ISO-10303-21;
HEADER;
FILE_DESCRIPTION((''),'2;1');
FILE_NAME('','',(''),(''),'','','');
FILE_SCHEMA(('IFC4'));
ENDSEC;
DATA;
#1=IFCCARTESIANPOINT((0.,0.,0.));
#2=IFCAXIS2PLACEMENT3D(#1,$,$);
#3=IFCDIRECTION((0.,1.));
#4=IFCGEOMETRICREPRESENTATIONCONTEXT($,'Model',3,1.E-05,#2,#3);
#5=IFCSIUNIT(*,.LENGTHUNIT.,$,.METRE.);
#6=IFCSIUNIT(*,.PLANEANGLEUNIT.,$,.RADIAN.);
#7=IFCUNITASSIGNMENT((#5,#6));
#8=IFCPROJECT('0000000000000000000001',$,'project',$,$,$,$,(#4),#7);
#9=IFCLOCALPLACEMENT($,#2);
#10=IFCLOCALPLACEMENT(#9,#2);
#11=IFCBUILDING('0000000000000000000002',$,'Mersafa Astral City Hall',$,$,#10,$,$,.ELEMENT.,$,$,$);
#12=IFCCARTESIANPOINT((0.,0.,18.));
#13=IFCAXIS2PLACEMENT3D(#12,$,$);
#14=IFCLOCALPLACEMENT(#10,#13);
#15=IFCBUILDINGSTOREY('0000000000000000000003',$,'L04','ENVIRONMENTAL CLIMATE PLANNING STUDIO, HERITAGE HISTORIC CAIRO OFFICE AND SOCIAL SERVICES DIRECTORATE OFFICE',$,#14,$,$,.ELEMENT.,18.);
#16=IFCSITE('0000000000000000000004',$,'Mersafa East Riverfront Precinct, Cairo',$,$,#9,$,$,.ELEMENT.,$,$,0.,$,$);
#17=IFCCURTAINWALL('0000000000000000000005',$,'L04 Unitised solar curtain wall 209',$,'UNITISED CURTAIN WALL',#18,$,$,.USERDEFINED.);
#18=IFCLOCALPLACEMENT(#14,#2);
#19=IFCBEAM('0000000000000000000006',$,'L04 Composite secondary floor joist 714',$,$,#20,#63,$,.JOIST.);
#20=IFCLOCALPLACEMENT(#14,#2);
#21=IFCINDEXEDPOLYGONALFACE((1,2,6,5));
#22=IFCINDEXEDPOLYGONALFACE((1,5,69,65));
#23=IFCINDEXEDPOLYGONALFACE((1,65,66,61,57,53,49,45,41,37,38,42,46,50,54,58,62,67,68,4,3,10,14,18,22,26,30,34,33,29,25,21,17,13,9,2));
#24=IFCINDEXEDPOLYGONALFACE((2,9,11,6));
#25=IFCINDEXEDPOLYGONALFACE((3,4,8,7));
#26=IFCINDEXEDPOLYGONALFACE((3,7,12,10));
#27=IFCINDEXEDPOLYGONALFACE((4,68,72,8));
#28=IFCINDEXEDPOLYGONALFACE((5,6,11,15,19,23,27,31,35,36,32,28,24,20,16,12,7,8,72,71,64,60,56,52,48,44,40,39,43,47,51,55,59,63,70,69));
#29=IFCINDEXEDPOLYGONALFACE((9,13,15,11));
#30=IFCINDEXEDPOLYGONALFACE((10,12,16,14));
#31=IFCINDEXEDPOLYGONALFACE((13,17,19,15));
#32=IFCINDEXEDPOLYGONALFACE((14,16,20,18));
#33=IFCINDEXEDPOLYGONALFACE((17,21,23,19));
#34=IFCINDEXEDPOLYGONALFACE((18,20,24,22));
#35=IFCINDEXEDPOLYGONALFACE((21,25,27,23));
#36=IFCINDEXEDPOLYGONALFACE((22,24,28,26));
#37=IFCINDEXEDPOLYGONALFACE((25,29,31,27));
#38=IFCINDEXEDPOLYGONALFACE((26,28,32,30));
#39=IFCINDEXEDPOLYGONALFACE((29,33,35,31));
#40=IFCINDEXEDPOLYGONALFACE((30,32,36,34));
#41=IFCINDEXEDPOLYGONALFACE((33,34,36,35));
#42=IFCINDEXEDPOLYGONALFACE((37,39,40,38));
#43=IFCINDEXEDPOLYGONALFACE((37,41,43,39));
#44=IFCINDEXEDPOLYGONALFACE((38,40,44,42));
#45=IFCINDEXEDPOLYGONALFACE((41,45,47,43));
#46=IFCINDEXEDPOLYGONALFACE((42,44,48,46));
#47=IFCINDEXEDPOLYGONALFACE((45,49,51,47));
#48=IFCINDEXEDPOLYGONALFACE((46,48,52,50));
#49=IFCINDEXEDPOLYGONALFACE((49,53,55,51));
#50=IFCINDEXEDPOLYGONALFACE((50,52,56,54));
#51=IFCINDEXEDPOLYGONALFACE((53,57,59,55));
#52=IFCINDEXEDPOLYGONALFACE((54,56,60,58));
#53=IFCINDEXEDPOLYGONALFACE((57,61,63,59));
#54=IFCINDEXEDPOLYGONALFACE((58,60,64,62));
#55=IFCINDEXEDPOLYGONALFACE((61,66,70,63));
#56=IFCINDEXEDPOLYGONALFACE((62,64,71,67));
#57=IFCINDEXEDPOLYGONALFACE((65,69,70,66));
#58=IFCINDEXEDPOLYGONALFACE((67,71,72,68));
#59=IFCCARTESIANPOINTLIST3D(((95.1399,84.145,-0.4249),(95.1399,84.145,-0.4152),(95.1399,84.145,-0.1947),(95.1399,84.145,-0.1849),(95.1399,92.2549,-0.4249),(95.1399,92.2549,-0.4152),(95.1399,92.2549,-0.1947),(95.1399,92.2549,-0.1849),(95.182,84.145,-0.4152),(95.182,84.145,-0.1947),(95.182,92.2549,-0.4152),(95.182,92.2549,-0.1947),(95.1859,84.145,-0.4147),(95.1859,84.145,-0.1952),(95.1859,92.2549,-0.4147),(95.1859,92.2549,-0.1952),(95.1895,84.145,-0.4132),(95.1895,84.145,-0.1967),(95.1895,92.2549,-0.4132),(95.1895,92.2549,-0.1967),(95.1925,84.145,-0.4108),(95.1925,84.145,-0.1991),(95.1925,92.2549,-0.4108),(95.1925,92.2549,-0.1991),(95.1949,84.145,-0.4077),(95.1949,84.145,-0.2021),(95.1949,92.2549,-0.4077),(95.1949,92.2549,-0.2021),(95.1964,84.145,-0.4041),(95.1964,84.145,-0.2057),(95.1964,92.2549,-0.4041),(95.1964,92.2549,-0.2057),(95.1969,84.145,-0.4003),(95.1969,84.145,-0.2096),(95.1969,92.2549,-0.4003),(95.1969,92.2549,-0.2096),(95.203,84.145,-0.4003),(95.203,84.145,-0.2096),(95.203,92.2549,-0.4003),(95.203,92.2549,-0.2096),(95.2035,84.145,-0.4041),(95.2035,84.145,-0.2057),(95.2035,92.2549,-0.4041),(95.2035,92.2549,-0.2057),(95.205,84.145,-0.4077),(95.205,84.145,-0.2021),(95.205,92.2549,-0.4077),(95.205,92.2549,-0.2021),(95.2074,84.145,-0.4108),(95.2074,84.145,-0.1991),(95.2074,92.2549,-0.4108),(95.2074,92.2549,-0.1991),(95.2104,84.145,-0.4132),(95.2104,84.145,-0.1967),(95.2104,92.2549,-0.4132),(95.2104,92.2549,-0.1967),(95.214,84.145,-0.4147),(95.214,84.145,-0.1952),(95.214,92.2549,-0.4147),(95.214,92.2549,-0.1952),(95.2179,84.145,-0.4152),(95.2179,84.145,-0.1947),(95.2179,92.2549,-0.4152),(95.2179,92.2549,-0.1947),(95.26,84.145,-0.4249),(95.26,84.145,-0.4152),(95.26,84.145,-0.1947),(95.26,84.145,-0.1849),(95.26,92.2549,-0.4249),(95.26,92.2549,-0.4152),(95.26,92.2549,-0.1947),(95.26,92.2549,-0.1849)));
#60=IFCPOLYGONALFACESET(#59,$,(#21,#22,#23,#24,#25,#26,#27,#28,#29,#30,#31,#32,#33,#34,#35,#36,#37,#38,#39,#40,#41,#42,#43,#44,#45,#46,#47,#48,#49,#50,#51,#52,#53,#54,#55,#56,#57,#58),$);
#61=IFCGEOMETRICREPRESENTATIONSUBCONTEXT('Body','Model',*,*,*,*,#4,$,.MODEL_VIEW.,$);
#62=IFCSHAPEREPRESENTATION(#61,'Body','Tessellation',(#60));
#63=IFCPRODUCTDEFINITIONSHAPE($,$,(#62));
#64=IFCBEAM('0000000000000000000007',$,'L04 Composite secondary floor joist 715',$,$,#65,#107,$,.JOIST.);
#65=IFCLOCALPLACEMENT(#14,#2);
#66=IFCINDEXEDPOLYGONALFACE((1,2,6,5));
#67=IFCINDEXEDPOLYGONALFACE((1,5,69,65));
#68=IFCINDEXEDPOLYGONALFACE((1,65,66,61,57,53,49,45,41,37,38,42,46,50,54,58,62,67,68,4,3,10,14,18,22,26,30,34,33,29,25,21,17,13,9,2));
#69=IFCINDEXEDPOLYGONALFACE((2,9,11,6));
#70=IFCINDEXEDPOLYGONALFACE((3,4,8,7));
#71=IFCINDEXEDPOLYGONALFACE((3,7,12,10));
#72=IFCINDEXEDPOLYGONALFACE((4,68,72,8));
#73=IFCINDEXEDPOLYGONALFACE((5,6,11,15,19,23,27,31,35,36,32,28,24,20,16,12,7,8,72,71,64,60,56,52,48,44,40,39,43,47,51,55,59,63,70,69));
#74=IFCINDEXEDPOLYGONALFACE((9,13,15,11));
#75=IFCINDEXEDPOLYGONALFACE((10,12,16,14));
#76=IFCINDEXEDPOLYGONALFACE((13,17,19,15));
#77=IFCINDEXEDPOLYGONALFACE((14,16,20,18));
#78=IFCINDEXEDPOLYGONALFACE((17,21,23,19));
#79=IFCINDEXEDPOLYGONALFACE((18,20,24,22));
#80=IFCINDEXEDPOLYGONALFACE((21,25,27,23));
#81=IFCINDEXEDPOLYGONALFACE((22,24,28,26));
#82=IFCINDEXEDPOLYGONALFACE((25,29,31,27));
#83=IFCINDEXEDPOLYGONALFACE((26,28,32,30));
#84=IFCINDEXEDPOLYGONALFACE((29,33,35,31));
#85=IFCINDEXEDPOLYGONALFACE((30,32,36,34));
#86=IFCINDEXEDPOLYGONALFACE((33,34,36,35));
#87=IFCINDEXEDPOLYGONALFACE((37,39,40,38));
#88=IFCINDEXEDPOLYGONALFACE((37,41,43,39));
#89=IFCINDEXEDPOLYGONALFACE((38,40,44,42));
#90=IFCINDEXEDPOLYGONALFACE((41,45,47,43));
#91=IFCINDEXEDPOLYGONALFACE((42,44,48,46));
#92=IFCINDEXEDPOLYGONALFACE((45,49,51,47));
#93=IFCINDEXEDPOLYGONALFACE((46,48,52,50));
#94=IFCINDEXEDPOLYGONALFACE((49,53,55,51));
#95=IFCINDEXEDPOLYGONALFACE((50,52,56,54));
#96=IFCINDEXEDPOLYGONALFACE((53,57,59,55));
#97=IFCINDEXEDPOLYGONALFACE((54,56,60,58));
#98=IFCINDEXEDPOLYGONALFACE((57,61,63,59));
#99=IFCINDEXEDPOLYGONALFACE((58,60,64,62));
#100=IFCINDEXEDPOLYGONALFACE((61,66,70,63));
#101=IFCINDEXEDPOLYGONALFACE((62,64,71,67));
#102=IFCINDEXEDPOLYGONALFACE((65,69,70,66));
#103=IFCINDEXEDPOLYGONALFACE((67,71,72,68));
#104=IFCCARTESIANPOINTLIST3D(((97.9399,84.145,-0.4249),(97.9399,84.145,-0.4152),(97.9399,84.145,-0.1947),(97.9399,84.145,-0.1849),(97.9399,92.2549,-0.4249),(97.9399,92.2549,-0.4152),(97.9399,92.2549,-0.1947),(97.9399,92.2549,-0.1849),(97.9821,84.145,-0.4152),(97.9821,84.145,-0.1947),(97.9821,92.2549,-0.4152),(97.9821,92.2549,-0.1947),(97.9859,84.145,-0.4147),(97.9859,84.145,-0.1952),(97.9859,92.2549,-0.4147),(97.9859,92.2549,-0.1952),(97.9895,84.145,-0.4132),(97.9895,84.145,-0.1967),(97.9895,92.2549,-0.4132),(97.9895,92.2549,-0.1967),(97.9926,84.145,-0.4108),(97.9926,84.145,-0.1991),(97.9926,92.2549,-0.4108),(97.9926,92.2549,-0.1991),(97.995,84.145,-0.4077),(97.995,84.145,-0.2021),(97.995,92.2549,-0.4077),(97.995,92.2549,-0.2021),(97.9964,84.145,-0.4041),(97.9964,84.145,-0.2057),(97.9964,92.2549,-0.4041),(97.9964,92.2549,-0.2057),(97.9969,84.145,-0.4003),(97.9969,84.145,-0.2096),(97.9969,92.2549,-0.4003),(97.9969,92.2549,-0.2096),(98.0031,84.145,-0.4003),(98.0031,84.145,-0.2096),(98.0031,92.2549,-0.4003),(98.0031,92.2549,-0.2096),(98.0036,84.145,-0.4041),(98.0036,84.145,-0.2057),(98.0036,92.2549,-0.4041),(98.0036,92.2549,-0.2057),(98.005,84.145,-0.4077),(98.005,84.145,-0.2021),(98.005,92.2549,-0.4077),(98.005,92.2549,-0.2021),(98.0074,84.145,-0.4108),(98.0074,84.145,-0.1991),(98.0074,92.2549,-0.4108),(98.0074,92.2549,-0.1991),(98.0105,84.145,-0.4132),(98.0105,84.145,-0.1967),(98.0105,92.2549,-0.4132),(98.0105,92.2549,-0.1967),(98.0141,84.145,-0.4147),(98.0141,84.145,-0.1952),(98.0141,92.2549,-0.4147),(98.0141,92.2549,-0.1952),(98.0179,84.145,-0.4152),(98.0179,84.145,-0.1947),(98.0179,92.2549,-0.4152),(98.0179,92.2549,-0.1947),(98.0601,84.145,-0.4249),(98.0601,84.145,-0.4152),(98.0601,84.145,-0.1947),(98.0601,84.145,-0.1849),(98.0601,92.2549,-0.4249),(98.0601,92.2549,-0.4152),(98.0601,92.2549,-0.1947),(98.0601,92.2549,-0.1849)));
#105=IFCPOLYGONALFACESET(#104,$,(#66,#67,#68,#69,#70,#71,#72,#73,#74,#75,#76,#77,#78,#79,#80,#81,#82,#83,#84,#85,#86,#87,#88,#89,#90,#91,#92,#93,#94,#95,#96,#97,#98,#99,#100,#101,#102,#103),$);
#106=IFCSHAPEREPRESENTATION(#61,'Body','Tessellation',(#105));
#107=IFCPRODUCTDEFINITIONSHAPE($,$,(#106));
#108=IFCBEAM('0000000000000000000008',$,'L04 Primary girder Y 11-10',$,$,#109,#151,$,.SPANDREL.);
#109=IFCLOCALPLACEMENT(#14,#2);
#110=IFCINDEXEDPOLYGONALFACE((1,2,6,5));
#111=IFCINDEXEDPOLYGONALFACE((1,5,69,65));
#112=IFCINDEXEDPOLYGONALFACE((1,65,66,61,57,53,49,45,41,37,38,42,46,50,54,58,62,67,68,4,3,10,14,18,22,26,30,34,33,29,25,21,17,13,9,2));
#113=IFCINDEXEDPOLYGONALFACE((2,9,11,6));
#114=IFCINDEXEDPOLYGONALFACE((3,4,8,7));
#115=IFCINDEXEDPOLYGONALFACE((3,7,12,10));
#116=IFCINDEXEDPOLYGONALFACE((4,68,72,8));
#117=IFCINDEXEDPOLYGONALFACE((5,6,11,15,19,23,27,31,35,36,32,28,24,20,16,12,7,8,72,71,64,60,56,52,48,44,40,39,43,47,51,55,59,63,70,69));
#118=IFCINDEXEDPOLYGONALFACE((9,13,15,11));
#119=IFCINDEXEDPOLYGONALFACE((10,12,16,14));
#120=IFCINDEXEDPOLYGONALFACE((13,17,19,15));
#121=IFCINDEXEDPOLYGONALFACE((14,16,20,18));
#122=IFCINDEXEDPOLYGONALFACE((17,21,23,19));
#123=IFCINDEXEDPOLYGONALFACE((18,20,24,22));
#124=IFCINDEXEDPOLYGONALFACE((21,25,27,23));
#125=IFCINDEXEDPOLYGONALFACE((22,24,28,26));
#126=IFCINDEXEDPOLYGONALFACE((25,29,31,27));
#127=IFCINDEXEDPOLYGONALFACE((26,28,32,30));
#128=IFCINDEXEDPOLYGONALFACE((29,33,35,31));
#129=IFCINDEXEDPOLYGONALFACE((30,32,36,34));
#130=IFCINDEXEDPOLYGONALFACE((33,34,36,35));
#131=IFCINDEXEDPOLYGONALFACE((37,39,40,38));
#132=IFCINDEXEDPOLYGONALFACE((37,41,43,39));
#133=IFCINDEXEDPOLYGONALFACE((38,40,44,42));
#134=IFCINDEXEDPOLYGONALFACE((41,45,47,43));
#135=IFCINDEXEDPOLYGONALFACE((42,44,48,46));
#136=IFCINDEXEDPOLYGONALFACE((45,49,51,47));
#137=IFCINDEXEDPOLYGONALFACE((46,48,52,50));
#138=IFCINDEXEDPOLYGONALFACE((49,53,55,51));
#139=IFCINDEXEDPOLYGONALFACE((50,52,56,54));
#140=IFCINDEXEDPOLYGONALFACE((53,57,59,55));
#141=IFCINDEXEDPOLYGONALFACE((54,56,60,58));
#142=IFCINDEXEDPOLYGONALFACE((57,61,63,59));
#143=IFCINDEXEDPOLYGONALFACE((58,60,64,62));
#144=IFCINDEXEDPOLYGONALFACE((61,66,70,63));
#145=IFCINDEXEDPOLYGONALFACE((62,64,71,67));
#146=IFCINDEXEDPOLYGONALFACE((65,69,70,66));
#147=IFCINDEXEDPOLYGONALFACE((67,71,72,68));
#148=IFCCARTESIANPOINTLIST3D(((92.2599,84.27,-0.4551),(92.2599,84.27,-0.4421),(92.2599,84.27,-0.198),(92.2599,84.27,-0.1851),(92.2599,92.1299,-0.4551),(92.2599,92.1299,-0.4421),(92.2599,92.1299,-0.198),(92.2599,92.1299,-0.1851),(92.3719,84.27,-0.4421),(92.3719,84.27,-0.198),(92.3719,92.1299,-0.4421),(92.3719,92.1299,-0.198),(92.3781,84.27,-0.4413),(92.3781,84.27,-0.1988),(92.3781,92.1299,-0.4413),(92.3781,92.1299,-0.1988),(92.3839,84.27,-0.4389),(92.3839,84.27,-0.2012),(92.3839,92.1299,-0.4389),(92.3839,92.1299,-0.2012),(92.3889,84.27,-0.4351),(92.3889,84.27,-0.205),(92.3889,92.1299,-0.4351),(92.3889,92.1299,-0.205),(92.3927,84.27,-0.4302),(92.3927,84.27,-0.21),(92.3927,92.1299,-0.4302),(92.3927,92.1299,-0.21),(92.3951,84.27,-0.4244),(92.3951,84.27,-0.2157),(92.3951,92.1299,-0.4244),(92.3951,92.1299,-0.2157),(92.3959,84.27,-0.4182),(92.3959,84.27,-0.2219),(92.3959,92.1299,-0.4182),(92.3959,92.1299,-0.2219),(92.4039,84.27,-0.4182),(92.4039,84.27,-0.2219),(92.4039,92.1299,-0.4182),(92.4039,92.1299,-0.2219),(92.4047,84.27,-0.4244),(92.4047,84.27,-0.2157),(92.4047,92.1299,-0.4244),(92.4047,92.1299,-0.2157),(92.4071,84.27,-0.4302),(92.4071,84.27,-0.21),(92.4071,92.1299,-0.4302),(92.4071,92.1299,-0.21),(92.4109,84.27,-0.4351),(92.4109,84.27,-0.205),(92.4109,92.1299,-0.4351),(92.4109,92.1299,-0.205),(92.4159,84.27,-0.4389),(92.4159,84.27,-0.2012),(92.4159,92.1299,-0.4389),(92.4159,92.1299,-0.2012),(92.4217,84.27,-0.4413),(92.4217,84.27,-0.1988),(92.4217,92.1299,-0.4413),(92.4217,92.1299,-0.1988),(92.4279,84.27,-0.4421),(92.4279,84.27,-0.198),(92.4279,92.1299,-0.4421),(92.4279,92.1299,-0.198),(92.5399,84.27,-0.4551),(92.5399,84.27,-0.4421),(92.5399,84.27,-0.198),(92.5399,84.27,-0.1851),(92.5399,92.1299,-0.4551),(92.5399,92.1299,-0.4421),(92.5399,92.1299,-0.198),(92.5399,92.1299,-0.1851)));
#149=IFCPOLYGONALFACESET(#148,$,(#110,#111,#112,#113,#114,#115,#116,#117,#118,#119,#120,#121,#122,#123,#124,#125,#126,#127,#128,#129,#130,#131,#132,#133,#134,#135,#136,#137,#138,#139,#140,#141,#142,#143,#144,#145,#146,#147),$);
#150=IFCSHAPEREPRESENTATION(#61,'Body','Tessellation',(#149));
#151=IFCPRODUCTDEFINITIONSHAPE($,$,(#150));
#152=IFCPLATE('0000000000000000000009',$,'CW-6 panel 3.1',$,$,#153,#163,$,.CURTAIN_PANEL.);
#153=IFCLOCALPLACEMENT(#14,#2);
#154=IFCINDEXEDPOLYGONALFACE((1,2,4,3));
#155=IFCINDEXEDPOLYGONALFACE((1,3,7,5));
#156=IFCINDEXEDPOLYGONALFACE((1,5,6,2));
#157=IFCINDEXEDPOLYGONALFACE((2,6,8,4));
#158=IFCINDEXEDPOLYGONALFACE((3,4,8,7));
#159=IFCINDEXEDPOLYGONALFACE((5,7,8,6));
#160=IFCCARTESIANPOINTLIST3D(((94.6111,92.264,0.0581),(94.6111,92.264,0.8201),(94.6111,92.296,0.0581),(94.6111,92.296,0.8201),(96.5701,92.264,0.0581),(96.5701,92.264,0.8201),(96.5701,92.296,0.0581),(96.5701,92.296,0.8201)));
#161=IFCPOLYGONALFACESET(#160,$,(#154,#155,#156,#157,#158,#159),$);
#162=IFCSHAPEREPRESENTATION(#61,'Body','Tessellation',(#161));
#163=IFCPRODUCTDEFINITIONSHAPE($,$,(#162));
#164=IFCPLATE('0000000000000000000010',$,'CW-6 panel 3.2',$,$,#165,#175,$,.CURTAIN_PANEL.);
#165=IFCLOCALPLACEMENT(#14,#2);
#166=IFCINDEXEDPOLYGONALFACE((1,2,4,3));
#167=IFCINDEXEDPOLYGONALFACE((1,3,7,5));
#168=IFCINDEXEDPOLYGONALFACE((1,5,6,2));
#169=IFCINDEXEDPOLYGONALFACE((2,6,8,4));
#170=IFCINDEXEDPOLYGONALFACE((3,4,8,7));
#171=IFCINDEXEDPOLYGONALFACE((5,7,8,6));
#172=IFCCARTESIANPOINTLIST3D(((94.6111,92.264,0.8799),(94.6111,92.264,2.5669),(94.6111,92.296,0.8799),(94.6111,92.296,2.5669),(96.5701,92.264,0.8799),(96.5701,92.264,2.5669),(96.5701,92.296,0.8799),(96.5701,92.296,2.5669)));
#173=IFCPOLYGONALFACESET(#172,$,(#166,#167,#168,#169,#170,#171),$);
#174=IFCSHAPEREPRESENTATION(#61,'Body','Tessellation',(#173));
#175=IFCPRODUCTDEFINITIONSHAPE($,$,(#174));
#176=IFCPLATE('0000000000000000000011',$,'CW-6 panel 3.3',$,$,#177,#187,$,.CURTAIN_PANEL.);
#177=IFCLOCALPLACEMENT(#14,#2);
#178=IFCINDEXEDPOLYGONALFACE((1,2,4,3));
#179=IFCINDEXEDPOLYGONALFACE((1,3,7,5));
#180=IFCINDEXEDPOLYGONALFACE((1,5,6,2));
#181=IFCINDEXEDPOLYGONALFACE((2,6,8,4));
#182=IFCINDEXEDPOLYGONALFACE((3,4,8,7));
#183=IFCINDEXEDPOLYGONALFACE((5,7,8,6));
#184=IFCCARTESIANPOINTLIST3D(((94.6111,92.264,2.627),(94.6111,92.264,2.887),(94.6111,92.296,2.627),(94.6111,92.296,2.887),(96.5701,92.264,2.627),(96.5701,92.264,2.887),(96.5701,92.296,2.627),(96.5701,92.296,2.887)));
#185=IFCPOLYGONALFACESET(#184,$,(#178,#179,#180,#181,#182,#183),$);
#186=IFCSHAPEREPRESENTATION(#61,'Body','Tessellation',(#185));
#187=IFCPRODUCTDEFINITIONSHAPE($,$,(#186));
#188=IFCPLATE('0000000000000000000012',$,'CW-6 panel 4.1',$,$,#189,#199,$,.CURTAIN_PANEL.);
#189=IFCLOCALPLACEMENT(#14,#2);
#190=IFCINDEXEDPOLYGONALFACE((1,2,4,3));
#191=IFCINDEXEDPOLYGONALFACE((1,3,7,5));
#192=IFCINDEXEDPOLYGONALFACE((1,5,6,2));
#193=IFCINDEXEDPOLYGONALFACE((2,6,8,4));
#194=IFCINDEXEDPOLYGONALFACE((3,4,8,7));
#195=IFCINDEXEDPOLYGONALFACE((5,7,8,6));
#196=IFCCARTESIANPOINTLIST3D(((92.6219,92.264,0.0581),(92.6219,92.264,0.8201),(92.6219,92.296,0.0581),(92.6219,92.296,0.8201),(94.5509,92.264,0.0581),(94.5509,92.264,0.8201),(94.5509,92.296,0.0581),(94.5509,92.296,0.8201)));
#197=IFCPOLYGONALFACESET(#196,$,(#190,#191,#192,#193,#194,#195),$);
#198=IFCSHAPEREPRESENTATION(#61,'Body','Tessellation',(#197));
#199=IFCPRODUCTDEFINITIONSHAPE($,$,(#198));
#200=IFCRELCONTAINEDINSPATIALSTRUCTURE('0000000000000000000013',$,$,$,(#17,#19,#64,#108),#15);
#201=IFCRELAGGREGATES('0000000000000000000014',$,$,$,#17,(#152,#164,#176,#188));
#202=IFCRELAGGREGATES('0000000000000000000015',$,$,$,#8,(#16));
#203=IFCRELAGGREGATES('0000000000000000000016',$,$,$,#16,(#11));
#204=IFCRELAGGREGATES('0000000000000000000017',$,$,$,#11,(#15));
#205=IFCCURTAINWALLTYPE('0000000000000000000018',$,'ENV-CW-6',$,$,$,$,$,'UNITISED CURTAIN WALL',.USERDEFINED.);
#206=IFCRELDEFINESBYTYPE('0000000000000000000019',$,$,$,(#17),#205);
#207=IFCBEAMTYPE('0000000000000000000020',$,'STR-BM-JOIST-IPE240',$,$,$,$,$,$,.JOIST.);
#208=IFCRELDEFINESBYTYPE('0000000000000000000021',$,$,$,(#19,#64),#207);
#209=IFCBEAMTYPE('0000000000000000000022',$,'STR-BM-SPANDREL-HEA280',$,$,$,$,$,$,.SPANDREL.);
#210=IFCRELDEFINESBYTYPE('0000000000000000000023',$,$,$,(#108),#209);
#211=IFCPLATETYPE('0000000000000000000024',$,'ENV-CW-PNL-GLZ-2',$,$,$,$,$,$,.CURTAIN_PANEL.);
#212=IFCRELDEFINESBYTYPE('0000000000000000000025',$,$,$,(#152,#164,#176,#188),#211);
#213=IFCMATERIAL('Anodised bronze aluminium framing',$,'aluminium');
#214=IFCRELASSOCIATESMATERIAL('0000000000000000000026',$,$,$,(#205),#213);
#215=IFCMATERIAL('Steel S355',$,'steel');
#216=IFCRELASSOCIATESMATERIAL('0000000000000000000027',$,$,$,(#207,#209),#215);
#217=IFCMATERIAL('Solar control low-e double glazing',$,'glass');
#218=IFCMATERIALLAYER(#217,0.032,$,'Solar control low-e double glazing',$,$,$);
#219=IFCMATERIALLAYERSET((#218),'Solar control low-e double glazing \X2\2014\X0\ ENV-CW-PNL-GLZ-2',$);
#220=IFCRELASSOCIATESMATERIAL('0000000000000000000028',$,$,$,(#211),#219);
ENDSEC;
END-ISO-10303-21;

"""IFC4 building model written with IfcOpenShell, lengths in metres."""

from ifc_helpers import new_model, si_unit, direction, frame, origin, origin_2d, place, context, subcontext, project, spatial, rectangle, i_section, extrude, material, layer, layer_set, material_profile, profile_set, type_object, element, aggregate, save


model = new_model("IFC4")

# Units and contexts
model_context = context("Model", 3, precision=1e-05, world=origin(), true_north=direction((0.0, 1.0)))
body_context = subcontext(model_context, "Body", "Model", "MODEL_VIEW")
ifc_project = project(units=[si_unit("LENGTHUNIT", "METRE"), si_unit("PLANEANGLEUNIT", "RADIAN")], contexts=[model_context])

# Site, building, storey
site_placement = place(None, origin())
site = spatial("IfcSite", under=ifc_project, at=site_placement, Name="Mersafa East Riverfront Precinct, Cairo", CompositionType="ELEMENT", RefElevation=0.0)
building_placement = place(site_placement, origin())
building = spatial("IfcBuilding", under=site, at=building_placement, Name="Mersafa Astral City Hall", CompositionType="ELEMENT")
storey_placement = place(building_placement, frame((0.0, 0.0, 18.0)))
storey = spatial("IfcBuildingStorey", under=building, at=storey_placement, Name="L04", Description="ENVIRONMENTAL CLIMATE PLANNING STUDIO, HERITAGE HISTORIC CAIRO OFFICE AND SOCIAL SERVICES DIRECTORATE OFFICE", CompositionType="ELEMENT", Elevation=18.0)

# Shared definitions
ifc_material_1 = material(Name="Steel S355", Category="steel")

# Curtain wall
ifc_material_2 = material(Name="Anodised bronze aluminium framing", Category="aluminium")
curtain_wall_type_1 = type_object("IfcCurtainWallType", Name="ENV-CW-6", ElementType="UNITISED CURTAIN WALL", PredefinedType="USERDEFINED", material=ifc_material_2)
curtain_wall_1_placement = place(storey_placement, origin())
curtain_wall_1 = element("IfcCurtainWall", 1, at=curtain_wall_1_placement, inside=storey, type_object=curtain_wall_type_1, Name="L04 Unitised solar curtain wall 209", ObjectType="UNITISED CURTAIN WALL", PredefinedType="USERDEFINED")

# Beams
ifc_material_profile_1 = material_profile(ifc_material_1, i_section(OverallWidth=0.1201, OverallDepth=0.24, WebThickness=0.0061, FlangeThickness=0.0098, FilletRadius=0.0149, at=origin_2d()), Name="IPE 240")
ifc_profile_set_1 = profile_set([ifc_material_profile_1], Name="Steel S355")
beam_type_1 = type_object("IfcBeamType", Name="STR-BM-JOIST-IPE240", PredefinedType="JOIST", material=ifc_profile_set_1)
for number, where, z_axis, x_axis, name in (
    (2, (95.2, 84.145, -0.3049), (0.0, 1.0, 0.0), (-1.0, 0.0, 0.0), "L04 Composite secondary floor joist 714"),
    (3, (98.0, 84.145, -0.3049), (0.0, 1.0, 0.0), (-1.0, 0.0, 0.0), "L04 Composite secondary floor joist 715"),
):
    element("IfcBeam", number, at=place(storey_placement, frame(where, z_axis=z_axis, x_axis=x_axis)), inside=storey, type_object=beam_type_1, Name=name, PredefinedType="JOIST", context=body_context, shape_type="SweptSolid", body=[
        extrude(i_section(OverallWidth=0.1201, OverallDepth=0.24, WebThickness=0.0061, FlangeThickness=0.0098, FilletRadius=0.0149, at=origin_2d()), origin(), (0.0, 0.0, 1.0), 8.1099),
    ])
ifc_material_profile_2 = material_profile(ifc_material_1, i_section(OverallWidth=0.28, OverallDepth=0.27, WebThickness=0.0081, FlangeThickness=0.0129, FilletRadius=0.0239, at=origin_2d()), Name="HEA 280")
ifc_profile_set_2 = profile_set([ifc_material_profile_2], Name="Steel S355")
beam_type_2 = type_object("IfcBeamType", Name="STR-BM-SPANDREL-HEA280", PredefinedType="SPANDREL", material=ifc_profile_set_2)
beam_1_placement = place(storey_placement, frame((92.3999, 84.27, -0.3201), z_axis=(0.0, 1.0, 0.0), x_axis=(-1.0, 0.0, 0.0)))
element("IfcBeam", 4, at=beam_1_placement, inside=storey, type_object=beam_type_2, Name="L04 Primary girder Y 11-10", PredefinedType="SPANDREL", context=body_context, shape_type="SweptSolid", body=[
    extrude(i_section(OverallWidth=0.28, OverallDepth=0.27, WebThickness=0.0081, FlangeThickness=0.0129, FilletRadius=0.0239, at=origin_2d()), origin(), (0.0, 0.0, 1.0), 7.8599),
])

# Plates
ifc_material_3 = material(Name="Solar control low-e double glazing", Category="glass")
ifc_layer_1 = layer(ifc_material_3, 0.032, Name="Solar control low-e double glazing")
ifc_layer_set_1 = layer_set([ifc_layer_1], Name="Solar control low-e double glazing — ENV-CW-PNL-GLZ-2")
plate_type = type_object("IfcPlateType", Name="ENV-CW-PNL-GLZ-2", PredefinedType="CURTAIN_PANEL", material=ifc_layer_set_1)
plate_1_placement = place(storey_placement, frame((95.5906, 92.28, 0.0581), z_axis=(0.0, 0.0, 1.0), x_axis=(-1.0, 0.0, 0.0)))
plate_1 = element("IfcPlate", 5, at=plate_1_placement, type_object=plate_type, Name="CW-6 panel 3.1", PredefinedType="CURTAIN_PANEL", context=body_context, shape_type="SweptSolid", body=[
    extrude(rectangle(XDim=1.959, YDim=0.032, at=origin_2d()), origin(), (0.0, 0.0, 1.0), 0.762),
])
plate_2_placement = place(storey_placement, frame((95.5906, 92.28, 0.8799), z_axis=(0.0, 0.0, 1.0), x_axis=(-1.0, 0.0, 0.0)))
plate_2 = element("IfcPlate", 6, at=plate_2_placement, type_object=plate_type, Name="CW-6 panel 3.2", PredefinedType="CURTAIN_PANEL", context=body_context, shape_type="SweptSolid", body=[
    extrude(rectangle(XDim=1.959, YDim=0.032, at=origin_2d()), origin(), (0.0, 0.0, 1.0), 1.687),
])
plate_3_placement = place(storey_placement, frame((95.5906, 92.28, 2.627), z_axis=(0.0, 0.0, 1.0), x_axis=(-1.0, 0.0, 0.0)))
plate_3 = element("IfcPlate", 7, at=plate_3_placement, type_object=plate_type, Name="CW-6 panel 3.3", PredefinedType="CURTAIN_PANEL", context=body_context, shape_type="SweptSolid", body=[
    extrude(rectangle(XDim=1.959, YDim=0.032, at=origin_2d()), origin(), (0.0, 0.0, 1.0), 0.26),
])
plate_4_placement = place(storey_placement, frame((93.5864, 92.28, 0.0581), z_axis=(0.0, 0.0, 1.0), x_axis=(-1.0, 0.0, 0.0)))
plate_4 = element("IfcPlate", 8, at=plate_4_placement, type_object=plate_type, Name="CW-6 panel 4.1", PredefinedType="CURTAIN_PANEL", context=body_context, shape_type="SweptSolid", body=[
    extrude(rectangle(XDim=1.929, YDim=0.032, at=origin_2d()), origin(), (0.0, 0.0, 1.0), 0.762),
])
aggregate(curtain_wall_1, [plate_1, plate_2, plate_3, plate_4])

save(model, "model.ifc")
